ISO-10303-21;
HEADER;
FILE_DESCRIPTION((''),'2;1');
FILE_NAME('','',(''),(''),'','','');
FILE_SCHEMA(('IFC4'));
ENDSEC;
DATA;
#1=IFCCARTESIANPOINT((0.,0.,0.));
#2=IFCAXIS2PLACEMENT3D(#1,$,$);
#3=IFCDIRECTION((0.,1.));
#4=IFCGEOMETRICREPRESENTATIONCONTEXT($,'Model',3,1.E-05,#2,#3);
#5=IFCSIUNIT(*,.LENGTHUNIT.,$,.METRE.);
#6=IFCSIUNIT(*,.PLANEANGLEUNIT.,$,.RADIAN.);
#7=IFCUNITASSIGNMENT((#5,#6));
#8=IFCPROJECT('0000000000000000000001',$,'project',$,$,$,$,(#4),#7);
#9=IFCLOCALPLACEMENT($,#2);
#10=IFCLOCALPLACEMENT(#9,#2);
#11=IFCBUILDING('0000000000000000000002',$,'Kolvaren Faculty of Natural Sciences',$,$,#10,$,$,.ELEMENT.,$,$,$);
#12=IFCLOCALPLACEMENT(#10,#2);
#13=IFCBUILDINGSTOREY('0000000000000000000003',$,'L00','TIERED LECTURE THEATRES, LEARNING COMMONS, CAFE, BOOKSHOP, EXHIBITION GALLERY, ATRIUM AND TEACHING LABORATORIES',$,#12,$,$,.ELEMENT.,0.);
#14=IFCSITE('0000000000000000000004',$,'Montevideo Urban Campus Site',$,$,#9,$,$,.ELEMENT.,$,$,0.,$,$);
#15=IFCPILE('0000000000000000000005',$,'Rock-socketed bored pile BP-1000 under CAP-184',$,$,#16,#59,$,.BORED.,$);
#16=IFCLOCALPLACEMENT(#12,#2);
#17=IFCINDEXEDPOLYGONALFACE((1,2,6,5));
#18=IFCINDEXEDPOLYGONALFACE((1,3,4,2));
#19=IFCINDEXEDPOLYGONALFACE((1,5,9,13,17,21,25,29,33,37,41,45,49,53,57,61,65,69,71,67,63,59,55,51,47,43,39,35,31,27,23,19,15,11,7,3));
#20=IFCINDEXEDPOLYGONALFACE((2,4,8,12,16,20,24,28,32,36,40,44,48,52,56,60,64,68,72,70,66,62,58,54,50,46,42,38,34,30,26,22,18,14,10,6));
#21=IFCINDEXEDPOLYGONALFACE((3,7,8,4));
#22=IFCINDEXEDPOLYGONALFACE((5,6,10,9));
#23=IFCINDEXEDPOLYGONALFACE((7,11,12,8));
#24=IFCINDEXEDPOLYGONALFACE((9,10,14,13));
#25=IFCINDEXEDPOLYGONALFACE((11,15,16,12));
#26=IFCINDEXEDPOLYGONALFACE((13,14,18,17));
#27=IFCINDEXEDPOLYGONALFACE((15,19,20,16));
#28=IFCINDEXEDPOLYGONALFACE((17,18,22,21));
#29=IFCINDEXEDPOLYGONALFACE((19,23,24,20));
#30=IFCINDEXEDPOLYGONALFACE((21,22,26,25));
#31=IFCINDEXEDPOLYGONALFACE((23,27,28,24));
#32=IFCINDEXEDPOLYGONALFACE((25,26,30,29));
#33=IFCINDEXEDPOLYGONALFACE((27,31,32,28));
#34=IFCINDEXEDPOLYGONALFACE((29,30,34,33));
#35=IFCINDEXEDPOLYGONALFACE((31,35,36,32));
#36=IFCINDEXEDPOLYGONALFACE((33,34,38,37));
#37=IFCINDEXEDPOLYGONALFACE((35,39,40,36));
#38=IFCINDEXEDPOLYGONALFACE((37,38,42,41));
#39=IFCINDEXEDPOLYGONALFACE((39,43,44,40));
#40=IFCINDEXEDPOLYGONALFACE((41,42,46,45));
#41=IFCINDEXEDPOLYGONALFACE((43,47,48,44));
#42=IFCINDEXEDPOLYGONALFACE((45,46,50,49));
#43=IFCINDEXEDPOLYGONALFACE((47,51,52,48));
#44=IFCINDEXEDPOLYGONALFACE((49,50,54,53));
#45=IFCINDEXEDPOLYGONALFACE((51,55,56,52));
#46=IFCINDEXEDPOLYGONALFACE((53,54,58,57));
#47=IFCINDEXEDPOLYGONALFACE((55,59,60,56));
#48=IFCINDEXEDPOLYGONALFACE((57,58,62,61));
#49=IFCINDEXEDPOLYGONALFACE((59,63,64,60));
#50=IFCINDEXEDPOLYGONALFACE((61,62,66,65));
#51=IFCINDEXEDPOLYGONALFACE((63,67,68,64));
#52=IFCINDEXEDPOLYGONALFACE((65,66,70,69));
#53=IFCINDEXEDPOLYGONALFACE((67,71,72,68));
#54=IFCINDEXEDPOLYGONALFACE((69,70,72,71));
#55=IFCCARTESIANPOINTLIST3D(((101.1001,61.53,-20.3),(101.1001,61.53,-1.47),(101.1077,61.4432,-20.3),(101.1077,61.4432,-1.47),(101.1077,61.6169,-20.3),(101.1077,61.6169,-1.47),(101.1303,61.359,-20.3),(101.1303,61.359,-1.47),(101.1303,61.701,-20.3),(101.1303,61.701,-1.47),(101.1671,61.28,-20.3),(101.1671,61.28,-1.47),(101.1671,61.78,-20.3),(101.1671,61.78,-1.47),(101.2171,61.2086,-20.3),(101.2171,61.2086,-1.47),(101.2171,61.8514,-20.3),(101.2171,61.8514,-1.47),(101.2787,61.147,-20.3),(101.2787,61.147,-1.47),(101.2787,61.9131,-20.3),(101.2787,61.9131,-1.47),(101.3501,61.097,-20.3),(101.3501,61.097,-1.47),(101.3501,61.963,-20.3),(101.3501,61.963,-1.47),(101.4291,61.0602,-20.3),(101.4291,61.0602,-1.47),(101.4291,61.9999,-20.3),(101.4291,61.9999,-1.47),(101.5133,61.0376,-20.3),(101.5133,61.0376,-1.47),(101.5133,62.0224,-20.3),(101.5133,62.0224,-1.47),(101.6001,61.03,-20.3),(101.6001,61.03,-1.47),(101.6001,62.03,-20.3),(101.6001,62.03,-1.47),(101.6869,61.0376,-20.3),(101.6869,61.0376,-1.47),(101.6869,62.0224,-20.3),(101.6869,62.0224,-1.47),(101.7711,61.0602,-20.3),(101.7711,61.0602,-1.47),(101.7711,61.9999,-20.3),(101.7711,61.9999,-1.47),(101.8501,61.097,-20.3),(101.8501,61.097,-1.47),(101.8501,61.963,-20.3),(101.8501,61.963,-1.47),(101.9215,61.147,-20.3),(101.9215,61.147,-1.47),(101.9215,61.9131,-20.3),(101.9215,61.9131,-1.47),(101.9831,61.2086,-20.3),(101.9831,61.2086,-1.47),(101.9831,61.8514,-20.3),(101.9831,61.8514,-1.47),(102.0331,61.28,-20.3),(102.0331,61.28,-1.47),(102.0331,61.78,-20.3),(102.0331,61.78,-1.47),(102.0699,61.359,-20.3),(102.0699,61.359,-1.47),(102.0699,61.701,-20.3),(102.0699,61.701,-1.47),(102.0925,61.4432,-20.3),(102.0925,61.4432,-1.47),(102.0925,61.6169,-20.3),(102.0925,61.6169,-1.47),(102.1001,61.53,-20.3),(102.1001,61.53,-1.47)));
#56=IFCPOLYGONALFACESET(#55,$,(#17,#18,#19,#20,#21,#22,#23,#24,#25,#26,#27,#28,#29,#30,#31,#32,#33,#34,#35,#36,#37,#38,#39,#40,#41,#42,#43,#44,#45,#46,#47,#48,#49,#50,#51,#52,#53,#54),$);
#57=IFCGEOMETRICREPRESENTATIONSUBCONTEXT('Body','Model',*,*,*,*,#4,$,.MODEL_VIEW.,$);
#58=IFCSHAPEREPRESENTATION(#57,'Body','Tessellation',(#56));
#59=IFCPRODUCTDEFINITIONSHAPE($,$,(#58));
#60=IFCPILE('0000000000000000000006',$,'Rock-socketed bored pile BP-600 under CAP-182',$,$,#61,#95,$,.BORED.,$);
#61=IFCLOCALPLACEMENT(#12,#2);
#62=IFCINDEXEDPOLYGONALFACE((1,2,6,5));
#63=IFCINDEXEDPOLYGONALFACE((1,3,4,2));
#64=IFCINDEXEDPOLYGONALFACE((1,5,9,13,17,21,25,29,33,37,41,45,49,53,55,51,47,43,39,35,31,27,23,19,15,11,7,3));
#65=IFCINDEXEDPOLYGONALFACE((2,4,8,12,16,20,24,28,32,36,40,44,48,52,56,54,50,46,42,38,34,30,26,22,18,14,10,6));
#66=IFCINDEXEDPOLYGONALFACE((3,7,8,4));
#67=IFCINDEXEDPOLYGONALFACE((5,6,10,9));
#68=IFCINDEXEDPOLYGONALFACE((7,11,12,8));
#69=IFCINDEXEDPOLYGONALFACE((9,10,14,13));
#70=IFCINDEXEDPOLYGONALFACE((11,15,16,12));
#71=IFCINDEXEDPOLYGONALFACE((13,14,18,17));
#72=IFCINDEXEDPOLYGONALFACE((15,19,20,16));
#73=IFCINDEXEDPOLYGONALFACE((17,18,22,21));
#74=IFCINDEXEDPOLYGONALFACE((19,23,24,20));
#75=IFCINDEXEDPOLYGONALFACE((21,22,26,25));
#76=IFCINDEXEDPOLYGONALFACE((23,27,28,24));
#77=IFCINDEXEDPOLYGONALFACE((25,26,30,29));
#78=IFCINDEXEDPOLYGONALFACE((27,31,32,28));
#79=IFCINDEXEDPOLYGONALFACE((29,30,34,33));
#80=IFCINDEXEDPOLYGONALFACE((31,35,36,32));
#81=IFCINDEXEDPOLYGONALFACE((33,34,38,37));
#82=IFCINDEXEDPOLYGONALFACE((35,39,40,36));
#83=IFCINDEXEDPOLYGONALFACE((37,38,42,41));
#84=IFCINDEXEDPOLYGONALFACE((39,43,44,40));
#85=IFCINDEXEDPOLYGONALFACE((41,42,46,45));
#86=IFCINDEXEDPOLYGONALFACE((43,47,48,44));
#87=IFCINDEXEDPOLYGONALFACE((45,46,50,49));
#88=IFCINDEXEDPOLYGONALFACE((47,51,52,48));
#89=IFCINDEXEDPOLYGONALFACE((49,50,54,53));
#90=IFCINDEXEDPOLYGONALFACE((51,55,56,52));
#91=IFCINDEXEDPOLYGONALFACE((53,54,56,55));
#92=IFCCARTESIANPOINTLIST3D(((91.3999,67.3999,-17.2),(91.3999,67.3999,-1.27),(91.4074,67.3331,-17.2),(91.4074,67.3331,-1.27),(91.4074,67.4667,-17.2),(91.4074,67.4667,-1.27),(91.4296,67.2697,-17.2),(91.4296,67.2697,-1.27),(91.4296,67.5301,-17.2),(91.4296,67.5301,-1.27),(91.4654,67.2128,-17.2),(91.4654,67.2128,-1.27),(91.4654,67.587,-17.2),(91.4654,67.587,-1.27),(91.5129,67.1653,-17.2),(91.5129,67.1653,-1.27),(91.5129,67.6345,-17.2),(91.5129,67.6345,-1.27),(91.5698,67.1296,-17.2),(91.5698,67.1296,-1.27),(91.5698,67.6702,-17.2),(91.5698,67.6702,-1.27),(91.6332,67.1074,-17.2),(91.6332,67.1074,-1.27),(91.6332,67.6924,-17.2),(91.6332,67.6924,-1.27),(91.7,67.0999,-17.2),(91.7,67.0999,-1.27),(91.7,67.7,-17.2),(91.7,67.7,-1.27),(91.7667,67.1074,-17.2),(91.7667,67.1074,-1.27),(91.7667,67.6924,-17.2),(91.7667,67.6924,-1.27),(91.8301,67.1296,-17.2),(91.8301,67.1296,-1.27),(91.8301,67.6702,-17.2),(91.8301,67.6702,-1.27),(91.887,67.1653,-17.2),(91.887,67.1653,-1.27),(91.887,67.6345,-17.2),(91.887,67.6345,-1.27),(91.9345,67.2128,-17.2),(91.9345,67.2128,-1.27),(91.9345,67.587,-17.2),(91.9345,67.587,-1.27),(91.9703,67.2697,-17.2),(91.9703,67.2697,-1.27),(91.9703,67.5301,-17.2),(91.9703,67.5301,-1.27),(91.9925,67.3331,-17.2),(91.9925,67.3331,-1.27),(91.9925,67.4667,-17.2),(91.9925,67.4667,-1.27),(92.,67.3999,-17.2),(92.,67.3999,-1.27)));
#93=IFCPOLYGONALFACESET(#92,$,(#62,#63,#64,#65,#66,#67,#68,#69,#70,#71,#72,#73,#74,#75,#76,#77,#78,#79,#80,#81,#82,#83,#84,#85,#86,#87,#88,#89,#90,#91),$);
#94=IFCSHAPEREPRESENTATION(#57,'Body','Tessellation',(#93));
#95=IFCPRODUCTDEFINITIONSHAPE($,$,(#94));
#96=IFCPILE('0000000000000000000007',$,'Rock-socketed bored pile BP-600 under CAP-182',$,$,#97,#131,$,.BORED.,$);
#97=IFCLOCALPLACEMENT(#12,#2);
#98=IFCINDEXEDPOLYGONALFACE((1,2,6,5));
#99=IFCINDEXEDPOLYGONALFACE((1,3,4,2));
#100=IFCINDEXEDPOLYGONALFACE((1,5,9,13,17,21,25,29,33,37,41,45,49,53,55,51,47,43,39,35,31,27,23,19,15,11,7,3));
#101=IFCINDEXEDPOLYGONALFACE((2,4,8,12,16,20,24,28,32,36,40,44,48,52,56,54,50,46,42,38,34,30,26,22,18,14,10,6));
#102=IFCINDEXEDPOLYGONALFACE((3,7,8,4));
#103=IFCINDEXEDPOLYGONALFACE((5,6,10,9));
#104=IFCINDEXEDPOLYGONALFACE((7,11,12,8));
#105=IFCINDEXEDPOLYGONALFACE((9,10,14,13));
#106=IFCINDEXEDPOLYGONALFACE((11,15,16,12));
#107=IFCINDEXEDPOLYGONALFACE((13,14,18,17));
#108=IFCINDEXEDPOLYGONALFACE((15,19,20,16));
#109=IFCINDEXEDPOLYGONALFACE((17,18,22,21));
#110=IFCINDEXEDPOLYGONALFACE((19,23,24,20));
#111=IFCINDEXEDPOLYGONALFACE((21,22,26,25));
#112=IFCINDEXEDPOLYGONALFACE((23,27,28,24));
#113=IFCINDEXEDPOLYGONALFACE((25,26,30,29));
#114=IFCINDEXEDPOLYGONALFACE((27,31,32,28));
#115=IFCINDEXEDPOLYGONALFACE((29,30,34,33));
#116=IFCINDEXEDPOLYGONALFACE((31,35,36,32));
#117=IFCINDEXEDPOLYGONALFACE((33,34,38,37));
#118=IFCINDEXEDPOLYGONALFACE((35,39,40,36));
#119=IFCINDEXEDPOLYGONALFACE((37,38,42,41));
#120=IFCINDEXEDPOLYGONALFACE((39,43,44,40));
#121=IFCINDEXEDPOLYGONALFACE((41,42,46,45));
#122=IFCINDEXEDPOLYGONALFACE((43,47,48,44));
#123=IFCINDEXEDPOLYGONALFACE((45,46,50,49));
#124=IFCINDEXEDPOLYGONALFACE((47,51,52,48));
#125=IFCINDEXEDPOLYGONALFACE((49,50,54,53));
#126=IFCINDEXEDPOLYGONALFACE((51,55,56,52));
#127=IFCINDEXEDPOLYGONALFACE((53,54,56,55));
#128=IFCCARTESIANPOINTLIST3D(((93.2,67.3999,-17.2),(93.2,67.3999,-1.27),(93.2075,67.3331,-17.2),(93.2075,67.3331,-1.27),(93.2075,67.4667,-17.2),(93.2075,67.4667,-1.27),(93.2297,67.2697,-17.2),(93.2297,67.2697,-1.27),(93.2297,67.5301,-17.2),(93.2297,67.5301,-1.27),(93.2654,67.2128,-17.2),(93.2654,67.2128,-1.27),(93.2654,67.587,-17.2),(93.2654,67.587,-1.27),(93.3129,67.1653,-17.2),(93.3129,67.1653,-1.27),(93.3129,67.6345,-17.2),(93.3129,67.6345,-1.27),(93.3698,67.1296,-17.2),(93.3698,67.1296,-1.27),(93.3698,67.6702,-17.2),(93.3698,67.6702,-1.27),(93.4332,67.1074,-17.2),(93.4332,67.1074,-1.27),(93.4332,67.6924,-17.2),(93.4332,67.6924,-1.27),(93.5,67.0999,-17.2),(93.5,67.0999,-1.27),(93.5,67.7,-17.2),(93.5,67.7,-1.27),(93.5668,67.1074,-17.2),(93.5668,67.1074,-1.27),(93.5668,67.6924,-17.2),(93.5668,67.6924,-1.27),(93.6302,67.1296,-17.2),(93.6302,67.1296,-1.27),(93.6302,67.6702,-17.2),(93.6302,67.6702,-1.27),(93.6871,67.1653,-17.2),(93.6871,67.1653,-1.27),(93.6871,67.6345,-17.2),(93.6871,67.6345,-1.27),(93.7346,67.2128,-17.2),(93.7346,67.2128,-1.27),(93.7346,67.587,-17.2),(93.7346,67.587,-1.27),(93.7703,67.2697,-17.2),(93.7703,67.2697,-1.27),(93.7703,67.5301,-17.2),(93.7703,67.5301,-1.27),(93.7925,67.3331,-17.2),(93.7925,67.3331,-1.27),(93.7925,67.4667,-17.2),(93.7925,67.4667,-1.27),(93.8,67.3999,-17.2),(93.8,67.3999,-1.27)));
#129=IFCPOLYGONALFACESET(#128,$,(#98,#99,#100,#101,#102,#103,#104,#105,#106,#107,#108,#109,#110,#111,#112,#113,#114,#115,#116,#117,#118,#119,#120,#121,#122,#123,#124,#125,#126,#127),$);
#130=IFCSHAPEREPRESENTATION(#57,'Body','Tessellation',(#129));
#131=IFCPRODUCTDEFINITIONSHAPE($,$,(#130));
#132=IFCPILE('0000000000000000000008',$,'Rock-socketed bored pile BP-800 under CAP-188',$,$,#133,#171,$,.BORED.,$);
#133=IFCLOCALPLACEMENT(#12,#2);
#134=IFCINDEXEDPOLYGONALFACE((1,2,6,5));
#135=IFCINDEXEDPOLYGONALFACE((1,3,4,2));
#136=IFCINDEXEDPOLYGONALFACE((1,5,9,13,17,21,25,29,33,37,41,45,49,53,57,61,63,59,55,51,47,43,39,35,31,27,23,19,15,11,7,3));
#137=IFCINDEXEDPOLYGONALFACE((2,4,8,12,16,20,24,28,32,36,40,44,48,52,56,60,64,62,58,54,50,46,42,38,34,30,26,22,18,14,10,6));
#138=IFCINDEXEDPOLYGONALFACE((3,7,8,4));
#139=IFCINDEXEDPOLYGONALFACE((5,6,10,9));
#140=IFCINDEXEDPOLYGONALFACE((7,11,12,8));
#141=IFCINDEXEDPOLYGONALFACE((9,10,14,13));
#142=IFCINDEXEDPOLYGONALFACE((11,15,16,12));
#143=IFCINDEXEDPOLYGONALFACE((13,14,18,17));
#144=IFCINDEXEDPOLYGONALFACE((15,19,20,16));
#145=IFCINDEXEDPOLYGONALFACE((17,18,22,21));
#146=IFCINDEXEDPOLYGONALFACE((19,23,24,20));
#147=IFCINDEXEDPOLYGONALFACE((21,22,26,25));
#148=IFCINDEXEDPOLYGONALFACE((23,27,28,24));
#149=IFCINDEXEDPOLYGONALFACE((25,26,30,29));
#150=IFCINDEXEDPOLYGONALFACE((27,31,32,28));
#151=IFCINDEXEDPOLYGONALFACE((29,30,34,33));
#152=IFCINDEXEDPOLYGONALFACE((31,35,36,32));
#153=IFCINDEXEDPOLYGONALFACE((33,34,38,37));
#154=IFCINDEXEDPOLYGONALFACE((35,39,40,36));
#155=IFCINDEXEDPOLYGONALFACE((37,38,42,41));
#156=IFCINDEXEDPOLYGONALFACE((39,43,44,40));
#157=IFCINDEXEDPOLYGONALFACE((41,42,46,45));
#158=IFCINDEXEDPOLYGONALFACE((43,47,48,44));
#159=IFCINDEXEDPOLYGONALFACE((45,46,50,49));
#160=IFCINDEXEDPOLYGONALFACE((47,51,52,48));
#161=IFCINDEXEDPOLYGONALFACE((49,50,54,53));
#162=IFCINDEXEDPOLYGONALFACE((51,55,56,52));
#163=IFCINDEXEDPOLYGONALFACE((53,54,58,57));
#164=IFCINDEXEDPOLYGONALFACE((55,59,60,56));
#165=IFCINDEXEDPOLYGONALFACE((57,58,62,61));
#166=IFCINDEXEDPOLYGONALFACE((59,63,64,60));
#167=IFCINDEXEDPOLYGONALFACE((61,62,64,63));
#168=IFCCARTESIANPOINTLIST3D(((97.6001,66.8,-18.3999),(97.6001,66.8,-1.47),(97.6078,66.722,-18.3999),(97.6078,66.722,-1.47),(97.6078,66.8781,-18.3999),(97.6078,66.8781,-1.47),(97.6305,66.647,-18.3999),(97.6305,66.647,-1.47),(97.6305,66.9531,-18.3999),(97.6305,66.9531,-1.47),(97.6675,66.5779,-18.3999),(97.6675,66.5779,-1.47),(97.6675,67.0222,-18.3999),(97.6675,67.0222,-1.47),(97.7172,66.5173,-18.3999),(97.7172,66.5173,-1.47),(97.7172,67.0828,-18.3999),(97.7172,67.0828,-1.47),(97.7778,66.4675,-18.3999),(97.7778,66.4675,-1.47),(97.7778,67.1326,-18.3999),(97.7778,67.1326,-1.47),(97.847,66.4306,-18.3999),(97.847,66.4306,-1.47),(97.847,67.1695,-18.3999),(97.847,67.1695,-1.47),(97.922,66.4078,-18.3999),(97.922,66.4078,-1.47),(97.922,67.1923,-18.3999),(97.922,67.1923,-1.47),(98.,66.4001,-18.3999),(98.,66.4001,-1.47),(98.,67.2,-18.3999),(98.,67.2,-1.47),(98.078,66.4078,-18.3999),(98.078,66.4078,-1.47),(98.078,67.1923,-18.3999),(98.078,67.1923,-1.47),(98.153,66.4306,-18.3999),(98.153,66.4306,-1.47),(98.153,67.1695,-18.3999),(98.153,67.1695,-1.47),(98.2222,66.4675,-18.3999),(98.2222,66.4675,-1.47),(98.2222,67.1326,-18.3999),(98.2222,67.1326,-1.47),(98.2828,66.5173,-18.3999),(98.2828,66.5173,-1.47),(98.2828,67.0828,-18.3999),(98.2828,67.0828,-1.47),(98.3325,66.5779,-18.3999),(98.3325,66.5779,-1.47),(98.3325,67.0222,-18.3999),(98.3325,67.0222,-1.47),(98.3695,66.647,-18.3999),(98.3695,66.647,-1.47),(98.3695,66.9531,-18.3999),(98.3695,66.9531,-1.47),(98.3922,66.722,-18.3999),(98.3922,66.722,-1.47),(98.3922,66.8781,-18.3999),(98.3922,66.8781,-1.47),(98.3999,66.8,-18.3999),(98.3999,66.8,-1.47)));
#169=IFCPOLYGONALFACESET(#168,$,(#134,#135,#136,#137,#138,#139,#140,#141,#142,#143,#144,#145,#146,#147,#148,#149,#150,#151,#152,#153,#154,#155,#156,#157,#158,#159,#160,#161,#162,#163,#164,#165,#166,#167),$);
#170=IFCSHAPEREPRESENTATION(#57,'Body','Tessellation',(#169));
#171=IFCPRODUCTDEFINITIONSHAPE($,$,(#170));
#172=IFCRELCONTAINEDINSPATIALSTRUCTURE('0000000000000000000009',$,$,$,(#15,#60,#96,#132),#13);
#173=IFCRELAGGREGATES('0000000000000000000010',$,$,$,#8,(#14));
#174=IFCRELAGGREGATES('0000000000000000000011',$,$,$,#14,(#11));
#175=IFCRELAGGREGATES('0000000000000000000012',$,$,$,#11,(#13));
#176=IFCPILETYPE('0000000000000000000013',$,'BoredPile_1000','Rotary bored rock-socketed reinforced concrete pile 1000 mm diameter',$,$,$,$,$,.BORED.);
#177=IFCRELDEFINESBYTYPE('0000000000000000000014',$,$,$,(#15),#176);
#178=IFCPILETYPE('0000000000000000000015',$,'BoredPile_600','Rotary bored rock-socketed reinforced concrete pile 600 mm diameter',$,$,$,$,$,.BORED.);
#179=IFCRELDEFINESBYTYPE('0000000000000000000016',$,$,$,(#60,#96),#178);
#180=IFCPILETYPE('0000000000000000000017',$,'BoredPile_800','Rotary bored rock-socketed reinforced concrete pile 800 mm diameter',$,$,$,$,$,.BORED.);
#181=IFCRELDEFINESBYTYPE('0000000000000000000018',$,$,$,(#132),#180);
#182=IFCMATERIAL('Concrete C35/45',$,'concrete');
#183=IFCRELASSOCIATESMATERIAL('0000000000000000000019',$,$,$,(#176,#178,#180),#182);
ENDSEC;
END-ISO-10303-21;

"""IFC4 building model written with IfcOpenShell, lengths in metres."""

from ifc_helpers import new_model, si_unit, direction, frame, origin, origin_2d, place, context, subcontext, project, spatial, circle, extrude, material, material_profile, profile_set, type_object, element, save


model = new_model("IFC4")

# Units and contexts
model_context = context("Model", 3, precision=1e-05, world=origin(), true_north=direction((0.0, 1.0)))
body_context = subcontext(model_context, "Body", "Model", "MODEL_VIEW")
ifc_project = project(units=[si_unit("LENGTHUNIT", "METRE"), si_unit("PLANEANGLEUNIT", "RADIAN")], contexts=[model_context])

# Site, building, storey
site_placement = place(None, origin())
site = spatial("IfcSite", under=ifc_project, at=site_placement, Name="Montevideo Urban Campus Site", CompositionType="ELEMENT", RefElevation=0.0)
building_placement = place(site_placement, origin())
building = spatial("IfcBuilding", under=site, at=building_placement, Name="Kolvaren Faculty of Natural Sciences", CompositionType="ELEMENT")
storey_placement = place(building_placement, origin())
storey = spatial("IfcBuildingStorey", under=building, at=storey_placement, Name="L00", Description="TIERED LECTURE THEATRES, LEARNING COMMONS, CAFE, BOOKSHOP, EXHIBITION GALLERY, ATRIUM AND TEACHING LABORATORIES", CompositionType="ELEMENT", Elevation=0.0)

# Piles
ifc_material_1 = material(Name="Concrete C35/45", Category="concrete")
ifc_material_profile_1 = material_profile(ifc_material_1, circle(Radius=0.5, at=origin_2d()), Name="PILE D1000")
ifc_profile_set_1 = profile_set([ifc_material_profile_1], Name="Concrete C35/45")
pile_type_1 = type_object("IfcPileType", Name="BoredPile_1000", Description="Rotary bored rock-socketed reinforced concrete pile 1000 mm diameter", PredefinedType="BORED", material=ifc_profile_set_1)
for number, where, z_axis, x_axis, name in (
    (1, (101.6001, 61.53, -1.47), (0.0, 0.0, -1.0), (1.0, 0.0, 0.0), "Rock-socketed bored pile BP-1000 under CAP-184"),
):
    element("IfcPile", number, at=place(storey_placement, frame(where, z_axis=z_axis, x_axis=x_axis)), inside=storey, type_object=pile_type_1, Name=name, PredefinedType="BORED", context=body_context, shape_type="SweptSolid", body=[
        extrude(circle(Radius=0.5, at=origin_2d()), origin(), (0.0, 0.0, 1.0), 18.8301),
    ])
ifc_material_profile_2 = material_profile(ifc_material_1, circle(Radius=0.3, at=origin_2d()), Name="PILE D600")
ifc_profile_set_2 = profile_set([ifc_material_profile_2], Name="Concrete C35/45")
pile_type_2 = type_object("IfcPileType", Name="BoredPile_600", Description="Rotary bored rock-socketed reinforced concrete pile 600 mm diameter", PredefinedType="BORED", material=ifc_profile_set_2)
for number, where, z_axis, x_axis, name in (
    (2, (91.7, 67.3999, -1.27), (0.0, 0.0, -1.0), (1.0, 0.0, 0.0), "Rock-socketed bored pile BP-600 under CAP-182"),
    (3, (93.5, 67.3999, -1.27), (0.0, 0.0, -1.0), (1.0, 0.0, 0.0), "Rock-socketed bored pile BP-600 under CAP-182"),
):
    element("IfcPile", number, at=place(storey_placement, frame(where, z_axis=z_axis, x_axis=x_axis)), inside=storey, type_object=pile_type_2, Name=name, PredefinedType="BORED", context=body_context, shape_type="SweptSolid", body=[
        extrude(circle(Radius=0.3, at=origin_2d()), origin(), (0.0, 0.0, 1.0), 15.9299),
    ])
ifc_material_profile_3 = material_profile(ifc_material_1, circle(Radius=0.3999, at=origin_2d()), Name="PILE D800")
ifc_profile_set_3 = profile_set([ifc_material_profile_3], Name="Concrete C35/45")
pile_type_3 = type_object("IfcPileType", Name="BoredPile_800", Description="Rotary bored rock-socketed reinforced concrete pile 800 mm diameter", PredefinedType="BORED", material=ifc_profile_set_3)
for number, where, z_axis, x_axis, name in (
    (4, (98.0, 66.8, -1.47), (0.0, 0.0, -1.0), (1.0, 0.0, 0.0), "Rock-socketed bored pile BP-800 under CAP-188"),
):
    element("IfcPile", number, at=place(storey_placement, frame(where, z_axis=z_axis, x_axis=x_axis)), inside=storey, type_object=pile_type_3, Name=name, PredefinedType="BORED", context=body_context, shape_type="SweptSolid", body=[
        extrude(circle(Radius=0.3999, at=origin_2d()), origin(), (0.0, 0.0, 1.0), 16.9299),
    ])

save(model, "model.ifc")
